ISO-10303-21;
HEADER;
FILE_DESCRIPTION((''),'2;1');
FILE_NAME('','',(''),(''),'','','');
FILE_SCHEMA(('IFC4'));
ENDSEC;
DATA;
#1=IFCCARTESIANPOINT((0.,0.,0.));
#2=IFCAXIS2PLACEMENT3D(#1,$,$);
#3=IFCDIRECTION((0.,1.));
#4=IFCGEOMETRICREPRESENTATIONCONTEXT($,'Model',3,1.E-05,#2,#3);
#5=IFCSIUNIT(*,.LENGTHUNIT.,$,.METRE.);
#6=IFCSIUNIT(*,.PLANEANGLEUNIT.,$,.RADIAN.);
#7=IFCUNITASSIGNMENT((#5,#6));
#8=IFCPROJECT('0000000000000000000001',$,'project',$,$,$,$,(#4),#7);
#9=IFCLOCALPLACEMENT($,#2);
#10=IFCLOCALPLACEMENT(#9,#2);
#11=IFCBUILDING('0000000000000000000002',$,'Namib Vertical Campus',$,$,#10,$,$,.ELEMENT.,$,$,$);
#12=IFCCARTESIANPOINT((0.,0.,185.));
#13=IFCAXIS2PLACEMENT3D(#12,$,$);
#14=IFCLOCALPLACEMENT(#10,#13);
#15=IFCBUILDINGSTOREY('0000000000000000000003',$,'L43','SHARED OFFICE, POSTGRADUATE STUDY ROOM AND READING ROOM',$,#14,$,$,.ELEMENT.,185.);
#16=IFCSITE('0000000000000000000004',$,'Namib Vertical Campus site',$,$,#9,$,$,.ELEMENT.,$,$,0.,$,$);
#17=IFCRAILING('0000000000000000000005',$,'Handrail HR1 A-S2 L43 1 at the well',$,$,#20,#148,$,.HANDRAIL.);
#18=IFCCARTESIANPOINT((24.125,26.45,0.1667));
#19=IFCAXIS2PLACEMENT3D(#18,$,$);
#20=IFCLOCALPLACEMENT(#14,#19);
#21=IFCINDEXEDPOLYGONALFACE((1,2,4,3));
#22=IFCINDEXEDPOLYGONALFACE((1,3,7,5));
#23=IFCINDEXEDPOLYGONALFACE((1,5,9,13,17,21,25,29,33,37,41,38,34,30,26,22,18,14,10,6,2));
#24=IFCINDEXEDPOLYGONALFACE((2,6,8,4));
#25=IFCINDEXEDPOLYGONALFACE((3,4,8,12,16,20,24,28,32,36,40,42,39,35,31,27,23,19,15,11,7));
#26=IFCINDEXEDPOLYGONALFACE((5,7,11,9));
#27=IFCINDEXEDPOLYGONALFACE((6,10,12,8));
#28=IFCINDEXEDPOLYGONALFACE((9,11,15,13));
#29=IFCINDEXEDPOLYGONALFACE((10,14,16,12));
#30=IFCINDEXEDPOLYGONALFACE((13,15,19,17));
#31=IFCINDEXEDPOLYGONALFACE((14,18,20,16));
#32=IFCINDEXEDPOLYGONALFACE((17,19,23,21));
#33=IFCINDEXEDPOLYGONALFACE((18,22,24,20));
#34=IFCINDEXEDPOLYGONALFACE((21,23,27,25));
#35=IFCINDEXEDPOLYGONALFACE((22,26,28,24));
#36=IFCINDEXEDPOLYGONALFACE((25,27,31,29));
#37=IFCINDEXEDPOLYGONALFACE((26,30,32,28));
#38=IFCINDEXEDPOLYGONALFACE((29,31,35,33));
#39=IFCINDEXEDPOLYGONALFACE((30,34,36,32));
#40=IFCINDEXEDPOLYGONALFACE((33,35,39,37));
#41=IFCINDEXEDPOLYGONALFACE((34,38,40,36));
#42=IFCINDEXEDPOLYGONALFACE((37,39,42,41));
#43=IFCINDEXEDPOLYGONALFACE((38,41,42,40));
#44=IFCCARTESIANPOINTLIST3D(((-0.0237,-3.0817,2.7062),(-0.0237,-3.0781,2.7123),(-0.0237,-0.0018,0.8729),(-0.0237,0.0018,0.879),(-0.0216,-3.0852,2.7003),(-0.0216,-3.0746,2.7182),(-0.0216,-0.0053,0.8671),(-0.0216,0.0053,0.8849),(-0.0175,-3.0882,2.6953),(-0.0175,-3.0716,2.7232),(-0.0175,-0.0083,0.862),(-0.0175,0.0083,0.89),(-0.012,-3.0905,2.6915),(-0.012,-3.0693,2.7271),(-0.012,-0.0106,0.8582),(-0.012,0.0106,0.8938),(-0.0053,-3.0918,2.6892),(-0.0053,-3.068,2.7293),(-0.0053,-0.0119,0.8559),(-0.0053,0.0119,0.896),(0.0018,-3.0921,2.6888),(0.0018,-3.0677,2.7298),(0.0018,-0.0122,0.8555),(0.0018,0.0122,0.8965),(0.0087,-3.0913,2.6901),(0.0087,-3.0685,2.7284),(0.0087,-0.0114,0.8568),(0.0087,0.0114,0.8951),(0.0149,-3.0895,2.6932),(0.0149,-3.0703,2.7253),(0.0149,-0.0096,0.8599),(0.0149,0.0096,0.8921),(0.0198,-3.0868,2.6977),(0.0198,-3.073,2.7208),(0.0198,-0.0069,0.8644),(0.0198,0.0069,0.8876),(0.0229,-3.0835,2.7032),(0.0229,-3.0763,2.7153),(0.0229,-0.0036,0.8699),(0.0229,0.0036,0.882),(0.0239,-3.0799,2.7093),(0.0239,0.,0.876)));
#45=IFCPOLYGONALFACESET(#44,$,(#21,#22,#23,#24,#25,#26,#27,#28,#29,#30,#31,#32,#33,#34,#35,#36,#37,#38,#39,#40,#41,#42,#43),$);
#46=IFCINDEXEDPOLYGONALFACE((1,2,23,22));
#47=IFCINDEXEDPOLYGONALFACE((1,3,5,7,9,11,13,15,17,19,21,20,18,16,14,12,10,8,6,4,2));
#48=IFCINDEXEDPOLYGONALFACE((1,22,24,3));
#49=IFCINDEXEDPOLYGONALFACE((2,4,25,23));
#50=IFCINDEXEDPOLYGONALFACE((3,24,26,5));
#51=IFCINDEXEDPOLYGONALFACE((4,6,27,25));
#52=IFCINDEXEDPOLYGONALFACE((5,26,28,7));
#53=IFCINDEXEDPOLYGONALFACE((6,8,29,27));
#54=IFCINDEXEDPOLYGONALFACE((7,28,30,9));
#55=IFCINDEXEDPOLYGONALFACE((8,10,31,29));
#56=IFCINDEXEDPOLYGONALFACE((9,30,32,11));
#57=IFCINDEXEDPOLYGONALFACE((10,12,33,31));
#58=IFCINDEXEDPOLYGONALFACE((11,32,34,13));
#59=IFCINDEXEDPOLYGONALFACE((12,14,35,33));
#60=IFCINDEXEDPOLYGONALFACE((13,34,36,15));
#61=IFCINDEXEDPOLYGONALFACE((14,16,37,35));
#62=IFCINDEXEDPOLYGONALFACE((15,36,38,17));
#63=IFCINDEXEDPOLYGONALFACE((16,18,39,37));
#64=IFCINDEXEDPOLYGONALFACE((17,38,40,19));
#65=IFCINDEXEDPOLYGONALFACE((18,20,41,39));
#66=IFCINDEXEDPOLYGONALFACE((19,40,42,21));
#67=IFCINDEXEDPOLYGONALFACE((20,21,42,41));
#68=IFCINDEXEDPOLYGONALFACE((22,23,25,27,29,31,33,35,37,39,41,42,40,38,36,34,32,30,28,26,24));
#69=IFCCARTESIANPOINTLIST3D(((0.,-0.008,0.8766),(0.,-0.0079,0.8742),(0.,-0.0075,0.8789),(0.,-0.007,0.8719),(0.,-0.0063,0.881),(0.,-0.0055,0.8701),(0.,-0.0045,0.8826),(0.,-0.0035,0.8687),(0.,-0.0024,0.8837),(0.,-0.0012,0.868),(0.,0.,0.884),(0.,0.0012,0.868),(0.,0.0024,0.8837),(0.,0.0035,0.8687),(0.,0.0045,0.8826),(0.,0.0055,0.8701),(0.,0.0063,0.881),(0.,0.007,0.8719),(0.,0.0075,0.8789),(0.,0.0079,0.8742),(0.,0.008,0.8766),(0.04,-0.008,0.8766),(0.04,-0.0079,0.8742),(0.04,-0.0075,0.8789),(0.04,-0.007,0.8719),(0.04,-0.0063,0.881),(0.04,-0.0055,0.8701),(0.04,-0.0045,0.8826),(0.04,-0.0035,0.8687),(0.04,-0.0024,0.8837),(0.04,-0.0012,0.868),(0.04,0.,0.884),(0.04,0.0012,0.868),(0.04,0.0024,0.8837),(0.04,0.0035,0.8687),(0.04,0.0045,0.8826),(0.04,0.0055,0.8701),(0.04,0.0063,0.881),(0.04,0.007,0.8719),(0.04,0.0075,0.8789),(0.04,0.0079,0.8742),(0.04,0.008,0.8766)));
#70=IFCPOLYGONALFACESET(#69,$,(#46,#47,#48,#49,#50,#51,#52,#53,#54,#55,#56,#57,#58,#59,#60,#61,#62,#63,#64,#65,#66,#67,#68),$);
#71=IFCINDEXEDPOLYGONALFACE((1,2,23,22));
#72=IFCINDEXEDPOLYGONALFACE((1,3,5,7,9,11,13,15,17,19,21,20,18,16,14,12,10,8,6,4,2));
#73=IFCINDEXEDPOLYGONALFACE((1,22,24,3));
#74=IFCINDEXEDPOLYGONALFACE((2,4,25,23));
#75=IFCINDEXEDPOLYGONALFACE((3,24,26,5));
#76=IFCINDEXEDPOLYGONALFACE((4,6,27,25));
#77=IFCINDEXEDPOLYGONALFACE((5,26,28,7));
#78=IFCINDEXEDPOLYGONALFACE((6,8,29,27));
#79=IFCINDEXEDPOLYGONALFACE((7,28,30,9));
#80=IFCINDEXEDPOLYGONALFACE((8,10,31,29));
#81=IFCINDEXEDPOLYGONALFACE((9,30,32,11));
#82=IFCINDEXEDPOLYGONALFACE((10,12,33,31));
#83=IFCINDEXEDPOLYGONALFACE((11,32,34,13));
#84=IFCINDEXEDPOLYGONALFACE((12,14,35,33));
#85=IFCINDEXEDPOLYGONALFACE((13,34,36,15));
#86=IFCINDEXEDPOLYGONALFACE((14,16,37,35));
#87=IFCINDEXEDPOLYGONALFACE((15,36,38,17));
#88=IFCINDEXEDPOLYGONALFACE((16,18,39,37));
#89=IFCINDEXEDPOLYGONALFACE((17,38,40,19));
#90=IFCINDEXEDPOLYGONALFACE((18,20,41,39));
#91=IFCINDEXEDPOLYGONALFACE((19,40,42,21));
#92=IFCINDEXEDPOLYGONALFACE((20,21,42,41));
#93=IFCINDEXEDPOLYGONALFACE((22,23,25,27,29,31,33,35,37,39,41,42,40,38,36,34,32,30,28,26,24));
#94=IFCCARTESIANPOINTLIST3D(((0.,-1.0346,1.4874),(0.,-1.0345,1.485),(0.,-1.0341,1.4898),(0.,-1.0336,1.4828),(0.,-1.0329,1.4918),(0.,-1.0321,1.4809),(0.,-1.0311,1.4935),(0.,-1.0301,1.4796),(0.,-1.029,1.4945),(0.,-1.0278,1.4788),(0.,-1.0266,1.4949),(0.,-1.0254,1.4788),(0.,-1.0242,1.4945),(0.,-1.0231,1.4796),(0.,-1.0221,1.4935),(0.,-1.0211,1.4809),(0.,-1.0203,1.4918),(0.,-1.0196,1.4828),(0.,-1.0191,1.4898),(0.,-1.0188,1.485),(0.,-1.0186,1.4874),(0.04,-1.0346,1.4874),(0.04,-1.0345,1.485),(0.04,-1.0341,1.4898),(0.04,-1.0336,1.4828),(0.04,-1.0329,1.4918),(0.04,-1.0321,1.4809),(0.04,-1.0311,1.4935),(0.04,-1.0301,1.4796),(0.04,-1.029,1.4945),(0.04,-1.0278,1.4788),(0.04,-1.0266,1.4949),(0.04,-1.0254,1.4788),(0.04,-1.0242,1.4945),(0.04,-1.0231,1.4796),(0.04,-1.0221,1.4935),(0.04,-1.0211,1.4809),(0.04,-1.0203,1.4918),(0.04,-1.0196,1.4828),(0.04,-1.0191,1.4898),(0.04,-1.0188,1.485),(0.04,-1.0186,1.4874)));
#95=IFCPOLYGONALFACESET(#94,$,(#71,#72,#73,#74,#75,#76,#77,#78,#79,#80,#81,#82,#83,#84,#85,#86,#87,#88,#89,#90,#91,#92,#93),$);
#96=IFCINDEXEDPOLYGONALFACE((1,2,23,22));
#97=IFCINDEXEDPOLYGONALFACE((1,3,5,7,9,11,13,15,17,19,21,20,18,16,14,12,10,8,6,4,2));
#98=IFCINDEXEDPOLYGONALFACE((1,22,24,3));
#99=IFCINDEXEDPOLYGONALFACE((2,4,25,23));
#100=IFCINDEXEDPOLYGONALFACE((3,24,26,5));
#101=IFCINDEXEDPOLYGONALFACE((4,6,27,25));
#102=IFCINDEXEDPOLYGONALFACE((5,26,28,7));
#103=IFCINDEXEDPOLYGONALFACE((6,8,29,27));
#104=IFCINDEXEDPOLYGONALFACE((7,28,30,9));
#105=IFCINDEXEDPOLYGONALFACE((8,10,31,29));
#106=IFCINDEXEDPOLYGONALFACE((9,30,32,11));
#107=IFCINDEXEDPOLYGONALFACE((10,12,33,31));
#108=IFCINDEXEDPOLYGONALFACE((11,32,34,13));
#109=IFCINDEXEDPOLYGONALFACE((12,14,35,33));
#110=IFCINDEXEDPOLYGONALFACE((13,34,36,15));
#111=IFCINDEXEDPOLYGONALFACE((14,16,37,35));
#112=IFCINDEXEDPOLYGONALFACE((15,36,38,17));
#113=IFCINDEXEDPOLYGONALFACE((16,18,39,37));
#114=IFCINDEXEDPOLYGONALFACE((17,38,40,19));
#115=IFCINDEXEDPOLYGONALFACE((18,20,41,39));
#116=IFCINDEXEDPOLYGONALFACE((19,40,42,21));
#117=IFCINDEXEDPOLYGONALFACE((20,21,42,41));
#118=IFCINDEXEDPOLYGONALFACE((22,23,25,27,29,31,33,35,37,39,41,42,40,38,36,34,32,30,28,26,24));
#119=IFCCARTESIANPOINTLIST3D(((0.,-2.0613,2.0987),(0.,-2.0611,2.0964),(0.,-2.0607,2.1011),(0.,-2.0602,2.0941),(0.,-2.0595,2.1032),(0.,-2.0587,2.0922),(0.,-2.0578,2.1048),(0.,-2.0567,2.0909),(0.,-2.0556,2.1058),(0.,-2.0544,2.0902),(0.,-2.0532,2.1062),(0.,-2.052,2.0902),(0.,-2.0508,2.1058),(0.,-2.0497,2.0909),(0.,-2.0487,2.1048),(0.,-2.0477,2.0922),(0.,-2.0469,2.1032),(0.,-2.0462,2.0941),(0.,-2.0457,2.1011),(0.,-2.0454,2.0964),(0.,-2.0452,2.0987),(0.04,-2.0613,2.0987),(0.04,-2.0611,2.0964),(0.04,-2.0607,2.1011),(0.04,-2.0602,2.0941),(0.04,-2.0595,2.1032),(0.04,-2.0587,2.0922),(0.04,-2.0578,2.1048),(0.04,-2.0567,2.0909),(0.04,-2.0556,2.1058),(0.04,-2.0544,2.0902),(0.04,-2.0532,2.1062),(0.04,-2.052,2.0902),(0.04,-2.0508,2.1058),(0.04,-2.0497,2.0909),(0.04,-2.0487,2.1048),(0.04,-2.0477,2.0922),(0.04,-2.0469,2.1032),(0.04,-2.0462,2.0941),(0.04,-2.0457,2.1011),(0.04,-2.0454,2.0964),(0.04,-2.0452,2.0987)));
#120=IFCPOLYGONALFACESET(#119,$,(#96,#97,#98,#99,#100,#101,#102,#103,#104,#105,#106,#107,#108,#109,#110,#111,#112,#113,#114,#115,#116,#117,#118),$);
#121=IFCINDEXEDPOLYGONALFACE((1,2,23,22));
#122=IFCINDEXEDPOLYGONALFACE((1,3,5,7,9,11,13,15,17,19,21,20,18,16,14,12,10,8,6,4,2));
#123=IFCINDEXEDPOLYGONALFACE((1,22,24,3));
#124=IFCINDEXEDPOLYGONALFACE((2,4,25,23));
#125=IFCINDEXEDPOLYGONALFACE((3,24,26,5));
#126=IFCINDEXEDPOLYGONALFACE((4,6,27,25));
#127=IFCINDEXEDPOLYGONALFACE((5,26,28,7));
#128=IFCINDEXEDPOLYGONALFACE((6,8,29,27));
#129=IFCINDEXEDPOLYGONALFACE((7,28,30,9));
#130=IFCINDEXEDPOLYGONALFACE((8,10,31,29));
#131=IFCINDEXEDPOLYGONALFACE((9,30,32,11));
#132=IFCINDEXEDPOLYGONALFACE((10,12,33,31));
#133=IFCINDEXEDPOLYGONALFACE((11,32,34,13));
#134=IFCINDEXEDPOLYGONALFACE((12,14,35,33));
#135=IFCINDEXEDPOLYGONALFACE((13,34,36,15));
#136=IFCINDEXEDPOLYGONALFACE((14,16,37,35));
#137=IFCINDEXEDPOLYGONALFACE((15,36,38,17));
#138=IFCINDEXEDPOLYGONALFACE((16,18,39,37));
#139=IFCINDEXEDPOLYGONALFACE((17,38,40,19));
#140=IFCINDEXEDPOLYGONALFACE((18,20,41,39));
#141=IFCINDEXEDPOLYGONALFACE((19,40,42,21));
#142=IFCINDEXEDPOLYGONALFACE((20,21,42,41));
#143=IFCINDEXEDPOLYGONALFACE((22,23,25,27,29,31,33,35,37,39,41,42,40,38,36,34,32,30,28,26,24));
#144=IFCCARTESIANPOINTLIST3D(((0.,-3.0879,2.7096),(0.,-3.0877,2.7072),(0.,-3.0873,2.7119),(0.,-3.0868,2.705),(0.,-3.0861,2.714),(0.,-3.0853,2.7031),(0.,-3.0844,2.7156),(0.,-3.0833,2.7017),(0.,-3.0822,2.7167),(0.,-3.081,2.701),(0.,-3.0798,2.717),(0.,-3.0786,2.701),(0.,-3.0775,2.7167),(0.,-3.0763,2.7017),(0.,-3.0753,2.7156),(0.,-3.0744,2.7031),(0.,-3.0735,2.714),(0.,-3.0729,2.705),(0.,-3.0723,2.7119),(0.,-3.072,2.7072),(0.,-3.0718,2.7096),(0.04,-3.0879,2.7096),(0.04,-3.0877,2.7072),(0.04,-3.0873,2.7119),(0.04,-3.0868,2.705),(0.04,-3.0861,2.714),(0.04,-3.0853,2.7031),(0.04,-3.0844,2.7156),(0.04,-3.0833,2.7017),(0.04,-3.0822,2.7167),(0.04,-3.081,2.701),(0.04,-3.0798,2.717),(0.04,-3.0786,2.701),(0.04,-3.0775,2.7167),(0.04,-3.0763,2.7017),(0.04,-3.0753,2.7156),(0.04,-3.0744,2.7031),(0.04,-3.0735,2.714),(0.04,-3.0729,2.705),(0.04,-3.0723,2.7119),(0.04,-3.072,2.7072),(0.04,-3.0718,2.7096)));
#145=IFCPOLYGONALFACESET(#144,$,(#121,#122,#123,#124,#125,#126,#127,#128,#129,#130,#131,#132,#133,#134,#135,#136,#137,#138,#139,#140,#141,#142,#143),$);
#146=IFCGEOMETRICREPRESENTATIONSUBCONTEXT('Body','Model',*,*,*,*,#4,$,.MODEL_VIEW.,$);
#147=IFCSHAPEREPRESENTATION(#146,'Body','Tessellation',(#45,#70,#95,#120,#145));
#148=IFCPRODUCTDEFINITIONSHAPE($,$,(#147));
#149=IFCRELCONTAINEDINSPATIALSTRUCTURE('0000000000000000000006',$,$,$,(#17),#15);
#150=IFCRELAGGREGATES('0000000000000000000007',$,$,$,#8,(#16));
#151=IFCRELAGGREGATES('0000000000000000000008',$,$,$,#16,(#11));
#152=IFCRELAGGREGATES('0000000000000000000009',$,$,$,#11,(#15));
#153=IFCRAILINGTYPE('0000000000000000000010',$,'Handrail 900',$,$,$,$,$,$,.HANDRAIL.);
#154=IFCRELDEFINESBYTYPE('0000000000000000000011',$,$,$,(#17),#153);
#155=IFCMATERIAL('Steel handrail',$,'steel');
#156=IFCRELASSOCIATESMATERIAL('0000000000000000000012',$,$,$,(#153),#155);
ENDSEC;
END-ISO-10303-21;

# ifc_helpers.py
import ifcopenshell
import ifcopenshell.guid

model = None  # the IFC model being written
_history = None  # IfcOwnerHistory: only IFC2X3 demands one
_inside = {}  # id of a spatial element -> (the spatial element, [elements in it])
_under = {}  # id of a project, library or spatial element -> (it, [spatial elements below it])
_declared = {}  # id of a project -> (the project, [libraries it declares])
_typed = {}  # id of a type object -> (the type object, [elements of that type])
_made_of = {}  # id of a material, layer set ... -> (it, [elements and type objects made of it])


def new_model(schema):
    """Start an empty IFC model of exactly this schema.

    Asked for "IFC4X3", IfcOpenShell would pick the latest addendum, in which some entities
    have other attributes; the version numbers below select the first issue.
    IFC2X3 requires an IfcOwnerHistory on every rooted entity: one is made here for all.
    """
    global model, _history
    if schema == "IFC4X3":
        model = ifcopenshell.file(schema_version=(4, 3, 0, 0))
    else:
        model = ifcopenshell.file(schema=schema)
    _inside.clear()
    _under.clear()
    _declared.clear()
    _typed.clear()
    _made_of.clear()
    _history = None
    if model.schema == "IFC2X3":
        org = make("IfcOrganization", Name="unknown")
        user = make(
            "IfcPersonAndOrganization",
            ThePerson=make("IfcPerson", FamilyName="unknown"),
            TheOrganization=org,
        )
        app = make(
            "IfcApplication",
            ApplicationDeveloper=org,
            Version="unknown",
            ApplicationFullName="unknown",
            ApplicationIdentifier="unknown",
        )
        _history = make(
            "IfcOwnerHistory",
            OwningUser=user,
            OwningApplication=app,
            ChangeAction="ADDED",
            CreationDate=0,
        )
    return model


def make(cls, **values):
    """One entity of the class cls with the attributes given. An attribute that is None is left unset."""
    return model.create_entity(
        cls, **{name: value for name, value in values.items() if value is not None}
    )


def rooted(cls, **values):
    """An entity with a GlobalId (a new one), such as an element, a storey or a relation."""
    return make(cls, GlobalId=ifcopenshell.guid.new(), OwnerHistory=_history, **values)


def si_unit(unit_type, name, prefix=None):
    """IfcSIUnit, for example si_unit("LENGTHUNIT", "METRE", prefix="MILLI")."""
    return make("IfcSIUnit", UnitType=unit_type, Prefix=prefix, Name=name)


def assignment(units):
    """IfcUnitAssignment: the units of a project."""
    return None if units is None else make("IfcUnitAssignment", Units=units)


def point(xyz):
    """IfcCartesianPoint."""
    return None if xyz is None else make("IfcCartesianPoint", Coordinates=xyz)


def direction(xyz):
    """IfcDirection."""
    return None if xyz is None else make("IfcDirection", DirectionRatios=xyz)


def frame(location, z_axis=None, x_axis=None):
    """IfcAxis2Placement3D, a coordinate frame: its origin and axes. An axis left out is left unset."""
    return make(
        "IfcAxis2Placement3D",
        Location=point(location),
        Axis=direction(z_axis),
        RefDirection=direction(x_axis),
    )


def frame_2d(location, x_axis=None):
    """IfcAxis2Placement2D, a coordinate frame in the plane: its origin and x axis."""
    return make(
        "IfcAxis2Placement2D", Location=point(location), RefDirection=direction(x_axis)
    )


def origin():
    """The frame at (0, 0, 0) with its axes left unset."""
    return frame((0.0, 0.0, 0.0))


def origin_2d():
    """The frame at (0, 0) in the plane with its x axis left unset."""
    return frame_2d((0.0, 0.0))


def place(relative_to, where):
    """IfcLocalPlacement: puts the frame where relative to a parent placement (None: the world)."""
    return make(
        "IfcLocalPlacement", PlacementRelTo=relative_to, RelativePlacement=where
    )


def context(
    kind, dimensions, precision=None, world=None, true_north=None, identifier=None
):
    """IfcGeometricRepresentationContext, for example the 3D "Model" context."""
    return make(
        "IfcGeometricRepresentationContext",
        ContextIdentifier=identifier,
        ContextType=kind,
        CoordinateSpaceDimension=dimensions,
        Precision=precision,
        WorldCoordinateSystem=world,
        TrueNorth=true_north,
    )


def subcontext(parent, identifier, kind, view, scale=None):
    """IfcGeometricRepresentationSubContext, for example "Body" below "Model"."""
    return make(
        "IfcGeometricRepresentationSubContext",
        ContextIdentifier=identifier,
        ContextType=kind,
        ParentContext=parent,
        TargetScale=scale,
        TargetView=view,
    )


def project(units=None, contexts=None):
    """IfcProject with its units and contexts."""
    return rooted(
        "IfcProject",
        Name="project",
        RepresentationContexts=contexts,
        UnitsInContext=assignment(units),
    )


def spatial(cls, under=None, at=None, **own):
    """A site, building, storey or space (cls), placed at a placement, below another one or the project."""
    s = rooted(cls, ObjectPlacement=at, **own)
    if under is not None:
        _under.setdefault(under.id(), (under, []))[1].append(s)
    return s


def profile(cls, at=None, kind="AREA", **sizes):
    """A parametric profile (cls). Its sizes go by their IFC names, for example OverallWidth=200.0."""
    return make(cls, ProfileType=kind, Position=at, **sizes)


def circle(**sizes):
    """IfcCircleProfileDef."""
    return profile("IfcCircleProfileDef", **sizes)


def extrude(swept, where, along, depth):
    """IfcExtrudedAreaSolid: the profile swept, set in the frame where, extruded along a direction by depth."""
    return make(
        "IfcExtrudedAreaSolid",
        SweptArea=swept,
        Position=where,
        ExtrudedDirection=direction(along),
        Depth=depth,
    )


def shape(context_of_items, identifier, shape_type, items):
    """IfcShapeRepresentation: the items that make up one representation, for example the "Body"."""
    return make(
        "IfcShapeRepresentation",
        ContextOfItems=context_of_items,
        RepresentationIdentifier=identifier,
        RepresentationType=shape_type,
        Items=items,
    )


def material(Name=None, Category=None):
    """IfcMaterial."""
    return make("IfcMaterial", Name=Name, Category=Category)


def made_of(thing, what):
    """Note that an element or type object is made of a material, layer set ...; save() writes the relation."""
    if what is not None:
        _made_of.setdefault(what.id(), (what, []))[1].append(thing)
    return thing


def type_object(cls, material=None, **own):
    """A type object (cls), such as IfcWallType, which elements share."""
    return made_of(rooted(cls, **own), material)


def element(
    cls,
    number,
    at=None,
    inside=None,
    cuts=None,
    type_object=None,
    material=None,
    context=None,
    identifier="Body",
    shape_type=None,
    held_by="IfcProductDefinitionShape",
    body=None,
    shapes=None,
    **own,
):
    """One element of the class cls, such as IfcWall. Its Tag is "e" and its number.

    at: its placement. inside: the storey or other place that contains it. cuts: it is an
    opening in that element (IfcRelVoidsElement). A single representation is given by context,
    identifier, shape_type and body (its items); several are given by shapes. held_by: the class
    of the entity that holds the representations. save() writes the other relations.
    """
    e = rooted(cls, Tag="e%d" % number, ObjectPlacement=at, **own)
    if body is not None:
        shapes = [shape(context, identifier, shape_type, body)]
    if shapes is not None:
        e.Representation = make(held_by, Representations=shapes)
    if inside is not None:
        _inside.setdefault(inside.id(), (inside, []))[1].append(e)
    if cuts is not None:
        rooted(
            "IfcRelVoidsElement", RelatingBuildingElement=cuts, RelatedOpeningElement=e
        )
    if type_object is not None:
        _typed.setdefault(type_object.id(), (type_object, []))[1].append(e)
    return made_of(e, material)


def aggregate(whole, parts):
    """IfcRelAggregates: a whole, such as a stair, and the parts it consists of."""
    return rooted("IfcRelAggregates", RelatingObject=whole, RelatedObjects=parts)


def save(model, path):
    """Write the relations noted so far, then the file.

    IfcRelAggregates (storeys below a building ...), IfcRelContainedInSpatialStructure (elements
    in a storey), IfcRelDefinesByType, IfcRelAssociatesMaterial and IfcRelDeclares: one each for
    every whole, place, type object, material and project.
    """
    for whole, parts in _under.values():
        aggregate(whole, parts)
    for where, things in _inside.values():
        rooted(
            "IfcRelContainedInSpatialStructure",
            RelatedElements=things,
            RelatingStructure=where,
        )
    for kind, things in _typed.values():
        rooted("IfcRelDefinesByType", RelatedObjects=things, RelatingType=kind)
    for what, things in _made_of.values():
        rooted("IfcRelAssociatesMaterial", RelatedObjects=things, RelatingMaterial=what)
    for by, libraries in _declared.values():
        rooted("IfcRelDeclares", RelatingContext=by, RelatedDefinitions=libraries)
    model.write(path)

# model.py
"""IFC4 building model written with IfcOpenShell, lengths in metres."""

from ifc_helpers import new_model, si_unit, direction, frame, origin, origin_2d, place, context, subcontext, project, spatial, circle, extrude, material, type_object, element, save


model = new_model("IFC4")

# Units and contexts
model_context = context("Model", 3, precision=1e-05, world=origin(), true_north=direction((0.0, 1.0)))
body_context = subcontext(model_context, "Body", "Model", "MODEL_VIEW")
ifc_project = project(units=[si_unit("LENGTHUNIT", "METRE"), si_unit("PLANEANGLEUNIT", "RADIAN")], contexts=[model_context])

# Site, building, storey
site_placement = place(None, origin())
site = spatial("IfcSite", under=ifc_project, at=site_placement, Name="Namib Vertical Campus site", CompositionType="ELEMENT", RefElevation=0.0)
building_placement = place(site_placement, origin())
building = spatial("IfcBuilding", under=site, at=building_placement, Name="Namib Vertical Campus", CompositionType="ELEMENT")
storey_placement = place(building_placement, frame((0.0, 0.0, 185.0)))
storey = spatial("IfcBuildingStorey", under=building, at=storey_placement, Name="L43", Description="SHARED OFFICE, POSTGRADUATE STUDY ROOM AND READING ROOM", CompositionType="ELEMENT", Elevation=185.0)

# Railing
ifc_material_1 = material(Name="Steel handrail", Category="steel")
railing_type_1 = type_object("IfcRailingType", Name="Handrail 900", PredefinedType="HANDRAIL", material=ifc_material_1)
railing_1_placement = place(storey_placement, frame((24.125, 26.45, 0.1667)))
element("IfcRailing", 1, at=railing_1_placement, inside=storey, type_object=railing_type_1, Name="Handrail HR1 A-S2 L43 1 at the well", PredefinedType="HANDRAIL", context=body_context, shape_type="SweptSolid", body=[
    extrude(circle(Radius=0.0239, at=origin_2d()), frame((0.0, 0.0, 0.876), z_axis=(0.0, -0.859291, 0.511487), x_axis=(1.0, 0.0, 0.0)), (0.0, 0.0, 1.0), 3.5842),
    extrude(circle(Radius=0.0081, at=origin_2d()), frame((0.0, 0.0, 0.876), z_axis=(1.0, 0.0, 0.0), x_axis=(0.0, 0.0, 1.0)), (0.0, 0.0, 1.0), 0.04),
    extrude(circle(Radius=0.0081, at=origin_2d()), frame((0.0, -1.0266, 1.4868), z_axis=(1.0, 0.0, 0.0), x_axis=(0.0, 0.0, 1.0)), (0.0, 0.0, 1.0), 0.04),
    extrude(circle(Radius=0.0081, at=origin_2d()), frame((0.0, -2.0532, 2.0981), z_axis=(1.0, 0.0, 0.0), x_axis=(0.0, 0.0, 1.0)), (0.0, 0.0, 1.0), 0.04),
    extrude(circle(Radius=0.0081, at=origin_2d()), frame((0.0, -3.0798, 2.709), z_axis=(1.0, 0.0, 0.0), x_axis=(0.0, 0.0, 1.0)), (0.0, 0.0, 1.0), 0.04),
])

save(model, "model.ifc")
